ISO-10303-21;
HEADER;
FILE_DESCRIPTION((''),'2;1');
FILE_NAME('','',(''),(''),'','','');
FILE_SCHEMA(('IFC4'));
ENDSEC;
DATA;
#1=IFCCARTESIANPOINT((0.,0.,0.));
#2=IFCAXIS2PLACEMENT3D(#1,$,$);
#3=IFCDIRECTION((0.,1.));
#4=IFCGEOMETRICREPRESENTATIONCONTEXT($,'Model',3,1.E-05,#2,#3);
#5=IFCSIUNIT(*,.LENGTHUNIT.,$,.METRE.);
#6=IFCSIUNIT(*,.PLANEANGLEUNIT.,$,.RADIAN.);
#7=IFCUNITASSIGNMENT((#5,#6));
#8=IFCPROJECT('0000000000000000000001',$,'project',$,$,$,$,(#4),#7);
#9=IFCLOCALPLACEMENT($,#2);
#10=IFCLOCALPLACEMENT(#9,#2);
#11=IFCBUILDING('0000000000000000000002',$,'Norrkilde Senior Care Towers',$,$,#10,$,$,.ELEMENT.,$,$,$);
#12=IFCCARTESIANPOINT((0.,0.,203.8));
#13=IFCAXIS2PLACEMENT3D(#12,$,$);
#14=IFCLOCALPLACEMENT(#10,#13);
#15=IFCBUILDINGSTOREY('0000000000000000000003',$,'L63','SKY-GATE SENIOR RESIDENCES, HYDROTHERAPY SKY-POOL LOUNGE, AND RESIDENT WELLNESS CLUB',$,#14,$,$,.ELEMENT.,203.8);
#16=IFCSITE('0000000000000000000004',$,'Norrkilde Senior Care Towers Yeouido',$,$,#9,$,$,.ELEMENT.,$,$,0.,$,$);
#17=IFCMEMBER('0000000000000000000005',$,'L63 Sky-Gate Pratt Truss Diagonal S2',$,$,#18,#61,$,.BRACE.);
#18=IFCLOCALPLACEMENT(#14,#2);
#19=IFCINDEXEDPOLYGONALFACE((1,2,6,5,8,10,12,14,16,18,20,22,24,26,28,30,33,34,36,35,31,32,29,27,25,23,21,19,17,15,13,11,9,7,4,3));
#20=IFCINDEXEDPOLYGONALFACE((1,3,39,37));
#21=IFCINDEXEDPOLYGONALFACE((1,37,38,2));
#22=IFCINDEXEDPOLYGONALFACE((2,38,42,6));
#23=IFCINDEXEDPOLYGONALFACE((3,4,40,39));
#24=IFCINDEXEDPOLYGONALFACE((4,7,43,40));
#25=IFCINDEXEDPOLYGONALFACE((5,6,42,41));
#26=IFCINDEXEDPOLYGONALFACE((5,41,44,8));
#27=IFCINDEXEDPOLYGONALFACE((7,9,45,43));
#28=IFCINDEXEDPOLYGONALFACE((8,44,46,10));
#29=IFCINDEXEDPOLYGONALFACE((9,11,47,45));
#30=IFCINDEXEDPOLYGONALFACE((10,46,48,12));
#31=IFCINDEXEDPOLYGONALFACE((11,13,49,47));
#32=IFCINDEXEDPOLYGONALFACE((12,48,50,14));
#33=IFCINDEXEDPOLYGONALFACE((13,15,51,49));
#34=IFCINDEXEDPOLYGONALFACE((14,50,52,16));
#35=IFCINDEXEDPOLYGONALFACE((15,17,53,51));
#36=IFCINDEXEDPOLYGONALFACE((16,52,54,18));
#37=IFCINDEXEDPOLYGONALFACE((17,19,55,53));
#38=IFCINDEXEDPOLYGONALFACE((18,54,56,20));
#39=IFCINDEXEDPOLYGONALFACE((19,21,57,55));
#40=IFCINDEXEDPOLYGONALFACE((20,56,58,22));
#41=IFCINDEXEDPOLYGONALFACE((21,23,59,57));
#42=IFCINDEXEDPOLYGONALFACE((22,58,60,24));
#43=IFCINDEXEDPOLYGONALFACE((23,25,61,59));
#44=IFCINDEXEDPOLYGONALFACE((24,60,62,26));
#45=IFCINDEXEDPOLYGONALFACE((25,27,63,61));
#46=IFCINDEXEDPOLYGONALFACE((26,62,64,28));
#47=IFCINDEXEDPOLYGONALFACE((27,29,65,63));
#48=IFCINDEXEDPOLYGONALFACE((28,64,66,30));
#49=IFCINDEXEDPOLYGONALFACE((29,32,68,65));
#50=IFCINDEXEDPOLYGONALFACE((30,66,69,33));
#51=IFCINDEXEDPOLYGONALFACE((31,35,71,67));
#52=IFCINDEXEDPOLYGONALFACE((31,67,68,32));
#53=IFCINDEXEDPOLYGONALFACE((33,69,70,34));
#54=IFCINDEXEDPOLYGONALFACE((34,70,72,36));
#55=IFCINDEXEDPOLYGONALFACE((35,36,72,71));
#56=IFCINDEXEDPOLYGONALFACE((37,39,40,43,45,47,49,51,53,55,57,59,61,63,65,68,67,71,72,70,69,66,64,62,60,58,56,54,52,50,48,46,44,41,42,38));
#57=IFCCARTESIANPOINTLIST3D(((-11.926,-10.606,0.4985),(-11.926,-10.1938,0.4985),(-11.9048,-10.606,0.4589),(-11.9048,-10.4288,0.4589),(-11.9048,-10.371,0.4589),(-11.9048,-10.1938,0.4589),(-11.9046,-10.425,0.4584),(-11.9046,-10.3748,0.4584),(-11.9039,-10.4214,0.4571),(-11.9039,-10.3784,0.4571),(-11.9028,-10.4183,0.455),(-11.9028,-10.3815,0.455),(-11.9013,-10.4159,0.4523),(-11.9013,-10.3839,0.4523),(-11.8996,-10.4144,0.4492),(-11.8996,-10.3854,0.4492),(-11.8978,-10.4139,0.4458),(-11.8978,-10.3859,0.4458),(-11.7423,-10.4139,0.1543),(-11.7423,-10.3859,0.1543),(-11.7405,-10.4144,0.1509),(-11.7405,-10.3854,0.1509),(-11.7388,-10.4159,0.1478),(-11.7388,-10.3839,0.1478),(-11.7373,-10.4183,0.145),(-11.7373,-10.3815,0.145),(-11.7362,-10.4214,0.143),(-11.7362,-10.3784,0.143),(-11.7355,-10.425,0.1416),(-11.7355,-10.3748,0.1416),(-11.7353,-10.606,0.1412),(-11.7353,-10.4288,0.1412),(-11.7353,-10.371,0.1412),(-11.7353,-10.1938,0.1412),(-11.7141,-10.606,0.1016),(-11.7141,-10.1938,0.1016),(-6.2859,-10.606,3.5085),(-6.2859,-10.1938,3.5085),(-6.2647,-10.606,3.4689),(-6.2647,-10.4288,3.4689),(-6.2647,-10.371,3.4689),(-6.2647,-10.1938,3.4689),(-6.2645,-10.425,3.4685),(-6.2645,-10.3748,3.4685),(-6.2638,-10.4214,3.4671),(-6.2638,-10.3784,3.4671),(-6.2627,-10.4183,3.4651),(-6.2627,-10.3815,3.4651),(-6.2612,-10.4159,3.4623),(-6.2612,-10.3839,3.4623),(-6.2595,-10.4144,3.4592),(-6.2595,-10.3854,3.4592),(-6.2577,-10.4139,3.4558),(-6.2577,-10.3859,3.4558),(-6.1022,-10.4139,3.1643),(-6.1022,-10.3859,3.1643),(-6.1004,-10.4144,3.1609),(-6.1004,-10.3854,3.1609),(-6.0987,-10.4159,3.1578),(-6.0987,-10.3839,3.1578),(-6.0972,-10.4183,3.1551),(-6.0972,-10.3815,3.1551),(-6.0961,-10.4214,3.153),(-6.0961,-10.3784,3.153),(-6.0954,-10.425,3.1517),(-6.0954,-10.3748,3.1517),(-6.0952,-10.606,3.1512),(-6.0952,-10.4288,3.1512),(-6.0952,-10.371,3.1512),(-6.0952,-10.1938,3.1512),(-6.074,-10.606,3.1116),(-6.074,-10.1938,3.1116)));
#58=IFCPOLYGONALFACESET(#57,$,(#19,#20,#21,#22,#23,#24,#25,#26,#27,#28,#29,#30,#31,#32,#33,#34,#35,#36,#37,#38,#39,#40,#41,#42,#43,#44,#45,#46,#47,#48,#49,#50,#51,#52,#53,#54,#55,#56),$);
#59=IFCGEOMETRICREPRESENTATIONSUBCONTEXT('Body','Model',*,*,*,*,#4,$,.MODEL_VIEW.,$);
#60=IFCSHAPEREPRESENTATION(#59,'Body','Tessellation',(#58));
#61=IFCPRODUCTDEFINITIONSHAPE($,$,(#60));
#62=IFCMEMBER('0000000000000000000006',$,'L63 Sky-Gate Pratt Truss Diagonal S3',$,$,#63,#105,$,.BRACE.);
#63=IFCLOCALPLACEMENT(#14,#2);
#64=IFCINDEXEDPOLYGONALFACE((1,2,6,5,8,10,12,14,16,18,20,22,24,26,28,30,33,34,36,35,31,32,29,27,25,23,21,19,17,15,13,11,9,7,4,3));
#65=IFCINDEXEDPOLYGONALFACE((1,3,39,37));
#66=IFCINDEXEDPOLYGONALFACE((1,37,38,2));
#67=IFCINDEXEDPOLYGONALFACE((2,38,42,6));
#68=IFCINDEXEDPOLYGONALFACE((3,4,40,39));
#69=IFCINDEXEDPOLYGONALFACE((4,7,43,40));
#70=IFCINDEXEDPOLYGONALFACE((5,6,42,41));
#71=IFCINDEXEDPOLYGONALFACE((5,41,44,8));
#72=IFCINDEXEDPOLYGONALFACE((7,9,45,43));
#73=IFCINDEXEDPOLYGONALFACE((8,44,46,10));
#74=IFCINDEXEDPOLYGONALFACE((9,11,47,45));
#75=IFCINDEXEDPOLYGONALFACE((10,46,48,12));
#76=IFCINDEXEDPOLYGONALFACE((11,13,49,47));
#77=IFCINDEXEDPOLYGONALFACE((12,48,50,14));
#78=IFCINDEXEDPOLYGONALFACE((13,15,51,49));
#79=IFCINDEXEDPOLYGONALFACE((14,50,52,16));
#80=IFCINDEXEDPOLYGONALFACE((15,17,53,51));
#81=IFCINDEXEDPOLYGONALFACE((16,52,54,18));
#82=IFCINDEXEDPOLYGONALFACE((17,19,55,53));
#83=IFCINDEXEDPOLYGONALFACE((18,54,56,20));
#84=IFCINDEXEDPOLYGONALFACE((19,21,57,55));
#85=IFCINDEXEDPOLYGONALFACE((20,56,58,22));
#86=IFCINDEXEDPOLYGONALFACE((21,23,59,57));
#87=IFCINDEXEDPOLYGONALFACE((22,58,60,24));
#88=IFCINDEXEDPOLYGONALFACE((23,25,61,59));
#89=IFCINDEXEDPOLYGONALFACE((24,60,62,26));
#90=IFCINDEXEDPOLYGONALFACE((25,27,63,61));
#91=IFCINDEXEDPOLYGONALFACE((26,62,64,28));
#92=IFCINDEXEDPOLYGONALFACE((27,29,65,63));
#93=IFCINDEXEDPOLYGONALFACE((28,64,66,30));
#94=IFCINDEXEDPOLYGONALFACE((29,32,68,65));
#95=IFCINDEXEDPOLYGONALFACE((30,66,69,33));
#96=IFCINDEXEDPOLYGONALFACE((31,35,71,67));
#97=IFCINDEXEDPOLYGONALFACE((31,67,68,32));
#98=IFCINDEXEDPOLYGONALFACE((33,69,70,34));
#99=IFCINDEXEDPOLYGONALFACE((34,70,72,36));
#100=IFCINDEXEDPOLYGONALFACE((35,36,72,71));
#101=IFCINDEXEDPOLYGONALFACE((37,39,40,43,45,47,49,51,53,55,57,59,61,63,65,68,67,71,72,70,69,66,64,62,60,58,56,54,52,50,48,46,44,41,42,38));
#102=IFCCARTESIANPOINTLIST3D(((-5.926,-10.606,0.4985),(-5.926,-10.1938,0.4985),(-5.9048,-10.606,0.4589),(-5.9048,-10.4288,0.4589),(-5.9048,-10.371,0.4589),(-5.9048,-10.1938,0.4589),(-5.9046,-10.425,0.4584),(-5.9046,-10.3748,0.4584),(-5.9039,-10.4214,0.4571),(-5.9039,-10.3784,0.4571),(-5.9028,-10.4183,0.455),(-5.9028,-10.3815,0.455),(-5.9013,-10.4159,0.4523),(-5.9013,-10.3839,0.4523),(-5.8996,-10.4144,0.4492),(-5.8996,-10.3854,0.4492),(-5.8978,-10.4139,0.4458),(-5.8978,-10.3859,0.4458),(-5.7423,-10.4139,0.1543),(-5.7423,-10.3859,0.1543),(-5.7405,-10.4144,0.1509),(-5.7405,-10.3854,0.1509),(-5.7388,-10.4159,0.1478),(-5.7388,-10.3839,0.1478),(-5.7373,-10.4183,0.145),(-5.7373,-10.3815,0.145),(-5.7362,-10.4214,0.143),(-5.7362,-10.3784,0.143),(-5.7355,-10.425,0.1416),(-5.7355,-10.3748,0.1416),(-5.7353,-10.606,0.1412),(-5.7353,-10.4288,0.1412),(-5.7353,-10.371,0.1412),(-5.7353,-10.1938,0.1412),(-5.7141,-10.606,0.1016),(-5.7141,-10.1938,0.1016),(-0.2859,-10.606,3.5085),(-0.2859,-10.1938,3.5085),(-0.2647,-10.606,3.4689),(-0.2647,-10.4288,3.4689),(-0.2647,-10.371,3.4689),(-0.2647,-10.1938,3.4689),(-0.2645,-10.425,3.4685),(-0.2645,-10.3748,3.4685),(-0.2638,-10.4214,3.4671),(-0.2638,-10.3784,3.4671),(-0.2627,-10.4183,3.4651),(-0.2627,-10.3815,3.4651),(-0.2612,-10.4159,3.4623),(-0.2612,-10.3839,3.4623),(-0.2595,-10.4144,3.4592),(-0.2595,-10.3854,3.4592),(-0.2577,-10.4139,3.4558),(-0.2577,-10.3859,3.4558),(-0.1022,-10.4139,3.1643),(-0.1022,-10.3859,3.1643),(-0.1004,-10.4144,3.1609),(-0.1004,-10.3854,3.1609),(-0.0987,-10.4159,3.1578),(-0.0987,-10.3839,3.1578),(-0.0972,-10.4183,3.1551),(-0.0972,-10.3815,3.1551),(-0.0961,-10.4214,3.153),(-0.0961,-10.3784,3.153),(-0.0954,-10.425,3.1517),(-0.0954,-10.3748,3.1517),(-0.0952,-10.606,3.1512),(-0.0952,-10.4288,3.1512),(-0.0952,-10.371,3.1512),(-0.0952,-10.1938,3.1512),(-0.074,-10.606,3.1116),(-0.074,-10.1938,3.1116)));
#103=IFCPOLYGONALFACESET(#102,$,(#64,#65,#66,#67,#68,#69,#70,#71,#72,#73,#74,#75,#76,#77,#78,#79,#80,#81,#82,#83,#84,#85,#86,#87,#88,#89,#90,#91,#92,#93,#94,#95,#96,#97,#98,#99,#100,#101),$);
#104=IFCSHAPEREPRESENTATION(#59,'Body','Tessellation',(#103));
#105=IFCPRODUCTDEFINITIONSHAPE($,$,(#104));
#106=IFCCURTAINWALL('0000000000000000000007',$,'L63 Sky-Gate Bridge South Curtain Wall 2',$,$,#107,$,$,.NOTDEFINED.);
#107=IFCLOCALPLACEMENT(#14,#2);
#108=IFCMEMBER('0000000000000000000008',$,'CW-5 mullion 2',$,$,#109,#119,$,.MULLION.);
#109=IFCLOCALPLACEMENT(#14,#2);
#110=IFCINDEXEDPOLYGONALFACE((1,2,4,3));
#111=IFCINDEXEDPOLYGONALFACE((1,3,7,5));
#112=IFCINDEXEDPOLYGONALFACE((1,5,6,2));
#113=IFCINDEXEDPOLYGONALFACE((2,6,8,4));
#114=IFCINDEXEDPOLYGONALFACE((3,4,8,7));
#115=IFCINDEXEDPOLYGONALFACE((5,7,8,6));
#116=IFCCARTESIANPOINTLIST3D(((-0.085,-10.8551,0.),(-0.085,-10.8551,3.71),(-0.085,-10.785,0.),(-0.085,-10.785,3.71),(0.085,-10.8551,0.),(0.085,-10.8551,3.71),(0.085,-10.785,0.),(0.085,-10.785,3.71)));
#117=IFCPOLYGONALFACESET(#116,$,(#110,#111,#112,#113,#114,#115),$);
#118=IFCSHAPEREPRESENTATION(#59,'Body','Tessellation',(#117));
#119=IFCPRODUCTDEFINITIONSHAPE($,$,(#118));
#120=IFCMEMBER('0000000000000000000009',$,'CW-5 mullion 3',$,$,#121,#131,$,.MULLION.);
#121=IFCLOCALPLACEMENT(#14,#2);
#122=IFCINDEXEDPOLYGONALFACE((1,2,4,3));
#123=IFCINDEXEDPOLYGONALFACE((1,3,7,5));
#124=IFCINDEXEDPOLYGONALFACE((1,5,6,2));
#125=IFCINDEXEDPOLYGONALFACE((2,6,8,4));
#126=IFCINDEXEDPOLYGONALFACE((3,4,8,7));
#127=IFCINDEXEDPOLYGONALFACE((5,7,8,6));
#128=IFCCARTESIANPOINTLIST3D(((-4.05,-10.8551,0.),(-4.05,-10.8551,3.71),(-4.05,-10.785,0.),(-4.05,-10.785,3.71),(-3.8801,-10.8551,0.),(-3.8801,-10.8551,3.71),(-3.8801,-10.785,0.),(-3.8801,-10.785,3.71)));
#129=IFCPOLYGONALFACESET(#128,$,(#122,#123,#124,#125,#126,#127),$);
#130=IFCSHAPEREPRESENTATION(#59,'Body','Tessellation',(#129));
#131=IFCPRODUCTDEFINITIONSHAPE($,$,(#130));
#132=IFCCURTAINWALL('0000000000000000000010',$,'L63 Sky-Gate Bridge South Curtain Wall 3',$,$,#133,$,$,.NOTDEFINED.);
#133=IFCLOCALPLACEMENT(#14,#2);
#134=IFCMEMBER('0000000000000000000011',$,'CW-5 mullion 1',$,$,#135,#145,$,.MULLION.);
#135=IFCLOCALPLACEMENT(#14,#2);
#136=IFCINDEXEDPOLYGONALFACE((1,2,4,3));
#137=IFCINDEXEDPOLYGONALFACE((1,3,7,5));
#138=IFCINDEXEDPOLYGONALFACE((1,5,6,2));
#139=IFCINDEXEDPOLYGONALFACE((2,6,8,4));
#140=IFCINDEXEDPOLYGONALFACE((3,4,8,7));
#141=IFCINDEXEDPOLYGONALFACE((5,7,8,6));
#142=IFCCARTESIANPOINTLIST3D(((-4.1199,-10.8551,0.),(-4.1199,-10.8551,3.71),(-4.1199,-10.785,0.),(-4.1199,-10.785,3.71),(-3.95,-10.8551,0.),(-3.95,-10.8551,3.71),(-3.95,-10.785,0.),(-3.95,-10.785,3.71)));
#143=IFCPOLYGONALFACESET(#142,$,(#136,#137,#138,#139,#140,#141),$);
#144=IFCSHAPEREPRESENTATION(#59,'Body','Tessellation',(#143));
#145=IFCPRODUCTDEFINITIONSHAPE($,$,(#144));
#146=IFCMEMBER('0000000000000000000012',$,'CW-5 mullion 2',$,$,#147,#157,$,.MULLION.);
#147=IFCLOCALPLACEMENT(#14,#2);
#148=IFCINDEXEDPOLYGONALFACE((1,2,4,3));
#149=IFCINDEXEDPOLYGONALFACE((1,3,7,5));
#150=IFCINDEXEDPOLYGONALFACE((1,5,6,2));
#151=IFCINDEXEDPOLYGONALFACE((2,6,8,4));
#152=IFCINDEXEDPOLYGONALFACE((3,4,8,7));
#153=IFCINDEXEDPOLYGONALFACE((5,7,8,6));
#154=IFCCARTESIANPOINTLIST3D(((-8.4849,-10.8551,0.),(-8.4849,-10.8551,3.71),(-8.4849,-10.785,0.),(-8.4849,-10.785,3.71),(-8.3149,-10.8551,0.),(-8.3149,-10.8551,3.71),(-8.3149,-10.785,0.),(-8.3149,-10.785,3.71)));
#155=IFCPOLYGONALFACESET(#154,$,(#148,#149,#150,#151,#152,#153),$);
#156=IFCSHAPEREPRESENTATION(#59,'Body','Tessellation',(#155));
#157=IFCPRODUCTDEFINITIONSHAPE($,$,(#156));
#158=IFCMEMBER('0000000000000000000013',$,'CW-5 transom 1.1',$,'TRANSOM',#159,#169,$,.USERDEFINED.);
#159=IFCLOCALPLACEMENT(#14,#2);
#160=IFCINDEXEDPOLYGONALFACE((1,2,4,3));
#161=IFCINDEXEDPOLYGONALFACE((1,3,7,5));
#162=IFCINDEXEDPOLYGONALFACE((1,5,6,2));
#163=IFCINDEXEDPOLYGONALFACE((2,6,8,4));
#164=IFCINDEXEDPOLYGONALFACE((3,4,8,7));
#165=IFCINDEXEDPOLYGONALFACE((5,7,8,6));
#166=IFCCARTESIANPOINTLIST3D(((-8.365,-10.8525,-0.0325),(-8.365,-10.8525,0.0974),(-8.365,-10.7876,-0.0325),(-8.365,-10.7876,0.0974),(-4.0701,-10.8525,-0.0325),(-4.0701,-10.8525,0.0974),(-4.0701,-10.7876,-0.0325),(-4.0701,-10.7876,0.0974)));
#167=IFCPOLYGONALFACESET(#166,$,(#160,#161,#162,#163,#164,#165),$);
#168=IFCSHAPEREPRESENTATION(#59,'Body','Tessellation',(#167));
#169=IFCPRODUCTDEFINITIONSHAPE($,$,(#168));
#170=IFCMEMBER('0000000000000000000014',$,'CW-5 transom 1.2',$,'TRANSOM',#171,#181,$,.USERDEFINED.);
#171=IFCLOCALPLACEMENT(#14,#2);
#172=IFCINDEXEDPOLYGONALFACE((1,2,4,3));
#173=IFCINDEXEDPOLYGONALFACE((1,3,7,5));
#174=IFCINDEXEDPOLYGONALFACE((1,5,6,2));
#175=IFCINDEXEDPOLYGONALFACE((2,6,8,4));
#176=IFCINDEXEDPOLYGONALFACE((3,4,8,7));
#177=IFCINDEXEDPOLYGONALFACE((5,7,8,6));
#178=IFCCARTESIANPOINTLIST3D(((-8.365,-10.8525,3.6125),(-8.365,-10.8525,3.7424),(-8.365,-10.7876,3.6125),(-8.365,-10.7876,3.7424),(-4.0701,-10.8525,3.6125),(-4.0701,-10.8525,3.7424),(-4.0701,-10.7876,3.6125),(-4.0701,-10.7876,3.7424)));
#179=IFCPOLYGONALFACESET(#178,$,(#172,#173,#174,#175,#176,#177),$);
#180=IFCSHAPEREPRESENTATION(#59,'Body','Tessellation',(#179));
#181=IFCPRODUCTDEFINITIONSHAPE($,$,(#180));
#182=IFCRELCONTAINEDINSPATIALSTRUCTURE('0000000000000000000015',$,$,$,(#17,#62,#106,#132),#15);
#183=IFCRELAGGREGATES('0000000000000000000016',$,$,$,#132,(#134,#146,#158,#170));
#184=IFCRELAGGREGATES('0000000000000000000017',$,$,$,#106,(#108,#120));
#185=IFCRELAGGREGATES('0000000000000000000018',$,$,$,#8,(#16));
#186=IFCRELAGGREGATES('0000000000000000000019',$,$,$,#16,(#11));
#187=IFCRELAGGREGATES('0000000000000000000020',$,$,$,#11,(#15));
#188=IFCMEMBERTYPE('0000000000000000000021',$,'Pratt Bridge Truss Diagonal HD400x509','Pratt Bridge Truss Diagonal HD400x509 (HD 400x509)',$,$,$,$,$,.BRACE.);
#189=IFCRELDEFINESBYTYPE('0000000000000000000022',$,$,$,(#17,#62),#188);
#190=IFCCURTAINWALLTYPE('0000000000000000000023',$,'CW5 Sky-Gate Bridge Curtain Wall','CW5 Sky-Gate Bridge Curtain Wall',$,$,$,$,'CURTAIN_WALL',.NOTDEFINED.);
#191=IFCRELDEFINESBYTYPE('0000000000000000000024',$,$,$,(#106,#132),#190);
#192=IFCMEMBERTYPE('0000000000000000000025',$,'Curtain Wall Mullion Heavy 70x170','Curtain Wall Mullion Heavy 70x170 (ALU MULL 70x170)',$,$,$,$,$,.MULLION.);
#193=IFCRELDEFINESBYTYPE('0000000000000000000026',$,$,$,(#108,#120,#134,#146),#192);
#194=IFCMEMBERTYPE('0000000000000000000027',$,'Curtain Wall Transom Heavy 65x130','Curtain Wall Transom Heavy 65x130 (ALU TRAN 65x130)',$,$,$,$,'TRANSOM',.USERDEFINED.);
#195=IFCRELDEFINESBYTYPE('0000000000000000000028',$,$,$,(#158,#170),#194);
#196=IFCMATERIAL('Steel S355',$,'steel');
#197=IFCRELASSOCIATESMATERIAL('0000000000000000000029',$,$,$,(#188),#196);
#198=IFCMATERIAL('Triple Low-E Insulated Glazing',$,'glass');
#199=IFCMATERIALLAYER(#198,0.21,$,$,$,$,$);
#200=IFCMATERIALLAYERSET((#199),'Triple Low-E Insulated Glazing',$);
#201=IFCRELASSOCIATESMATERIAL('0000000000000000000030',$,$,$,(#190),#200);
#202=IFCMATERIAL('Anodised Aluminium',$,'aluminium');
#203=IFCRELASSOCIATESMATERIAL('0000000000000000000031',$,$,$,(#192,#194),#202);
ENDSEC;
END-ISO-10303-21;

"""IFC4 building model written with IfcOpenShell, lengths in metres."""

from ifc_helpers import new_model, si_unit, direction, frame, origin, origin_2d, place, context, subcontext, project, spatial, rectangle, i_section, extrude, source, transform, mapped, material, layer, layer_set, material_profile, profile_set, type_object, type_shapes, element, aggregate, save


model = new_model("IFC4")

# Units and contexts
model_context = context("Model", 3, precision=1e-05, world=origin(), true_north=direction((0.0, 1.0)))
body_context = subcontext(model_context, "Body", "Model", "MODEL_VIEW")
ifc_project = project(units=[si_unit("LENGTHUNIT", "METRE"), si_unit("PLANEANGLEUNIT", "RADIAN")], contexts=[model_context])

# Site, building, storey
site_placement = place(None, origin())
site = spatial("IfcSite", under=ifc_project, at=site_placement, Name="Norrkilde Senior Care Towers Yeouido", CompositionType="ELEMENT", RefElevation=0.0)
building_placement = place(site_placement, origin())
building = spatial("IfcBuilding", under=site, at=building_placement, Name="Norrkilde Senior Care Towers", CompositionType="ELEMENT")
storey_placement = place(building_placement, frame((0.0, 0.0, 203.8)))
storey = spatial("IfcBuildingStorey", under=building, at=storey_placement, Name="L63", Description="SKY-GATE SENIOR RESIDENCES, HYDROTHERAPY SKY-POOL LOUNGE, AND RESIDENT WELLNESS CLUB", CompositionType="ELEMENT", Elevation=203.8)

# Shared definitions
ifc_material_1 = material(Name="Steel S355", Category="steel")

# Members
ifc_material_profile_1 = material_profile(ifc_material_1, i_section(OverallWidth=0.4121, OverallDepth=0.45, WebThickness=0.0281, FlangeThickness=0.0449, FilletRadius=0.0149, at=origin_2d()), Name="HD 400x509")
ifc_profile_set_1 = profile_set([ifc_material_profile_1], Name="Steel S355")
member_type_1 = type_object("IfcMemberType", Name="Pratt Bridge Truss Diagonal HD400x509", Description="Pratt Bridge Truss Diagonal HD400x509 (HD 400x509)", PredefinedType="BRACE", material=ifc_profile_set_1)
shared_shape_1 = source(origin(), body_context, "Body", "SweptSolid", [
    extrude(i_section(OverallWidth=0.4121, OverallDepth=0.45, WebThickness=0.0281, FlangeThickness=0.0449, FilletRadius=0.0149, at=origin_2d()), origin(), (0.0, 0.0, 1.0), 6.3931),
])
type_shapes(member_type_1, [shared_shape_1])
for number, where, z_axis, x_axis, name in (
    (1, (-11.8201, -10.3999, 0.3), (0.882227, 0.0, 0.470824), (0.0, 1.0, 0.0), "L63 Sky-Gate Pratt Truss Diagonal S2"),
    (2, (-5.8201, -10.3999, 0.3), (0.882227, 0.0, 0.470824), (0.0, 1.0, 0.0), "L63 Sky-Gate Pratt Truss Diagonal S3"),
):
    element("IfcMember", number, at=place(storey_placement, frame(where, z_axis=z_axis, x_axis=x_axis)), inside=storey, type_object=member_type_1, Name=name, PredefinedType="BRACE", context=body_context, shape_type="MappedRepresentation", body=[
        mapped(shared_shape_1, transform((0.0, 0.0, 0.0), x_axis=(1.0, 0.0, 0.0), y_axis=(0.0, 1.0, 0.0), z_axis=(0.0, 0.0, 1.0), scale=1.0)),
    ])

# Curtain walls, members
ifc_material_2 = material(Name="Triple Low-E Insulated Glazing", Category="glass")
ifc_layer_1 = layer(ifc_material_2, 0.21)
ifc_layer_set_1 = layer_set([ifc_layer_1], Name="Triple Low-E Insulated Glazing")
curtain_wall_type = type_object("IfcCurtainWallType", Name="CW5 Sky-Gate Bridge Curtain Wall", Description="CW5 Sky-Gate Bridge Curtain Wall", ElementType="CURTAIN_WALL", PredefinedType="NOTDEFINED", material=ifc_layer_set_1)
curtain_wall_1_placement = place(storey_placement, origin())
curtain_wall_1 = element("IfcCurtainWall", 3, at=curtain_wall_1_placement, inside=storey, type_object=curtain_wall_type, Name="L63 Sky-Gate Bridge South Curtain Wall 2", PredefinedType="NOTDEFINED")
ifc_material_3 = material(Name="Anodised Aluminium", Category="aluminium")
ifc_material_profile_2 = material_profile(ifc_material_3, rectangle(XDim=0.0701, YDim=0.1699, at=origin_2d()), Name="ALU MULL 70x170")
ifc_profile_set_2 = profile_set([ifc_material_profile_2], Name="Anodised Aluminium")
member_type_2 = type_object("IfcMemberType", Name="Curtain Wall Mullion Heavy 70x170", Description="Curtain Wall Mullion Heavy 70x170 (ALU MULL 70x170)", PredefinedType="MULLION", material=ifc_profile_set_2)
shared_shape_2 = source(origin(), body_context, "Body", "SweptSolid", [
    extrude(rectangle(XDim=0.0701, YDim=0.1699, at=origin_2d()), origin(), (0.0, 0.0, 1.0), 3.71),
])
type_shapes(member_type_2, [shared_shape_2])
member_1_placement = place(storey_placement, frame((0.0, -10.8201, 0.0), z_axis=(0.0, 0.0, 1.0), x_axis=(0.0, -1.0, 0.0)))
member_1 = element("IfcMember", 4, at=member_1_placement, type_object=member_type_2, Name="CW-5 mullion 2", PredefinedType="MULLION", context=body_context, shape_type="MappedRepresentation", body=[
    mapped(shared_shape_2, transform((0.0, 0.0, 0.0), x_axis=(1.0, 0.0, 0.0), y_axis=(0.0, 1.0, 0.0), z_axis=(0.0, 0.0, 1.0), scale=1.0)),
])
member_2_placement = place(storey_placement, frame((-3.9651, -10.8201, 0.0), z_axis=(0.0, 0.0, 1.0), x_axis=(0.0, -1.0, 0.0)))
member_2 = element("IfcMember", 5, at=member_2_placement, type_object=member_type_2, Name="CW-5 mullion 3", PredefinedType="MULLION", context=body_context, shape_type="MappedRepresentation", body=[
    mapped(shared_shape_2, transform((0.0, 0.0, 0.0), x_axis=(1.0, 0.0, 0.0), y_axis=(0.0, 1.0, 0.0), z_axis=(0.0, 0.0, 1.0), scale=1.0)),
])
curtain_wall_2_placement = place(storey_placement, origin())
curtain_wall_2 = element("IfcCurtainWall", 6, at=curtain_wall_2_placement, inside=storey, type_object=curtain_wall_type, Name="L63 Sky-Gate Bridge South Curtain Wall 3", PredefinedType="NOTDEFINED")
member_3_placement = place(storey_placement, frame((-4.0349, -10.8201, 0.0), z_axis=(0.0, 0.0, 1.0), x_axis=(0.0, -1.0, 0.0)))
member_3 = element("IfcMember", 7, at=member_3_placement, type_object=member_type_2, Name="CW-5 mullion 1", PredefinedType="MULLION", context=body_context, shape_type="MappedRepresentation", body=[
    mapped(shared_shape_2, transform((0.0, 0.0, 0.0), x_axis=(1.0, 0.0, 0.0), y_axis=(0.0, 1.0, 0.0), z_axis=(0.0, 0.0, 1.0), scale=1.0)),
])
member_4_placement = place(storey_placement, frame((-8.3999, -10.8201, 0.0), z_axis=(0.0, 0.0, 1.0), x_axis=(0.0, -1.0, 0.0)))
member_4 = element("IfcMember", 8, at=member_4_placement, type_object=member_type_2, Name="CW-5 mullion 2", PredefinedType="MULLION", context=body_context, shape_type="MappedRepresentation", body=[
    mapped(shared_shape_2, transform((0.0, 0.0, 0.0), x_axis=(1.0, 0.0, 0.0), y_axis=(0.0, 1.0, 0.0), z_axis=(0.0, 0.0, 1.0), scale=1.0)),
])
ifc_material_profile_3 = material_profile(ifc_material_3, rectangle(XDim=0.0649, YDim=0.1299, at=origin_2d()), Name="ALU TRAN 65x130")
ifc_profile_set_3 = profile_set([ifc_material_profile_3], Name="Anodised Aluminium")
member_type_3 = type_object("IfcMemberType", Name="Curtain Wall Transom Heavy 65x130", Description="Curtain Wall Transom Heavy 65x130 (ALU TRAN 65x130)", ElementType="TRANSOM", PredefinedType="USERDEFINED", material=ifc_profile_set_3)
shared_shape_3 = source(origin(), body_context, "Body", "SweptSolid", [
    extrude(rectangle(XDim=0.0649, YDim=0.1299, at=origin_2d()), origin(), (0.0, 0.0, 1.0), 4.2949),
])
member_5_placement = place(storey_placement, frame((-4.0701, -10.8201, 0.0325), z_axis=(-1.0, 0.0, 0.0), x_axis=(0.0, -1.0, 0.0)))
member_5 = element("IfcMember", 9, at=member_5_placement, type_object=member_type_3, Name="CW-5 transom 1.1", ObjectType="TRANSOM", PredefinedType="USERDEFINED", context=body_context, shape_type="MappedRepresentation", body=[
    mapped(shared_shape_3, transform((0.0, 0.0, 0.0), x_axis=(1.0, 0.0, 0.0), y_axis=(0.0, 1.0, 0.0), z_axis=(0.0, 0.0, 1.0), scale=1.0)),
])
member_6_placement = place(storey_placement, frame((-4.0701, -10.8201, 3.6775), z_axis=(-1.0, 0.0, 0.0), x_axis=(0.0, -1.0, 0.0)))
member_6 = element("IfcMember", 10, at=member_6_placement, type_object=member_type_3, Name="CW-5 transom 1.2", ObjectType="TRANSOM", PredefinedType="USERDEFINED", context=body_context, shape_type="MappedRepresentation", body=[
    mapped(shared_shape_3, transform((0.0, 0.0, 0.0), x_axis=(1.0, 0.0, 0.0), y_axis=(0.0, 1.0, 0.0), z_axis=(0.0, 0.0, 1.0), scale=1.0)),
])

aggregate(curtain_wall_2, [member_3, member_4, member_5, member_6])
aggregate(curtain_wall_1, [member_1, member_2])

save(model, "model.ifc")
